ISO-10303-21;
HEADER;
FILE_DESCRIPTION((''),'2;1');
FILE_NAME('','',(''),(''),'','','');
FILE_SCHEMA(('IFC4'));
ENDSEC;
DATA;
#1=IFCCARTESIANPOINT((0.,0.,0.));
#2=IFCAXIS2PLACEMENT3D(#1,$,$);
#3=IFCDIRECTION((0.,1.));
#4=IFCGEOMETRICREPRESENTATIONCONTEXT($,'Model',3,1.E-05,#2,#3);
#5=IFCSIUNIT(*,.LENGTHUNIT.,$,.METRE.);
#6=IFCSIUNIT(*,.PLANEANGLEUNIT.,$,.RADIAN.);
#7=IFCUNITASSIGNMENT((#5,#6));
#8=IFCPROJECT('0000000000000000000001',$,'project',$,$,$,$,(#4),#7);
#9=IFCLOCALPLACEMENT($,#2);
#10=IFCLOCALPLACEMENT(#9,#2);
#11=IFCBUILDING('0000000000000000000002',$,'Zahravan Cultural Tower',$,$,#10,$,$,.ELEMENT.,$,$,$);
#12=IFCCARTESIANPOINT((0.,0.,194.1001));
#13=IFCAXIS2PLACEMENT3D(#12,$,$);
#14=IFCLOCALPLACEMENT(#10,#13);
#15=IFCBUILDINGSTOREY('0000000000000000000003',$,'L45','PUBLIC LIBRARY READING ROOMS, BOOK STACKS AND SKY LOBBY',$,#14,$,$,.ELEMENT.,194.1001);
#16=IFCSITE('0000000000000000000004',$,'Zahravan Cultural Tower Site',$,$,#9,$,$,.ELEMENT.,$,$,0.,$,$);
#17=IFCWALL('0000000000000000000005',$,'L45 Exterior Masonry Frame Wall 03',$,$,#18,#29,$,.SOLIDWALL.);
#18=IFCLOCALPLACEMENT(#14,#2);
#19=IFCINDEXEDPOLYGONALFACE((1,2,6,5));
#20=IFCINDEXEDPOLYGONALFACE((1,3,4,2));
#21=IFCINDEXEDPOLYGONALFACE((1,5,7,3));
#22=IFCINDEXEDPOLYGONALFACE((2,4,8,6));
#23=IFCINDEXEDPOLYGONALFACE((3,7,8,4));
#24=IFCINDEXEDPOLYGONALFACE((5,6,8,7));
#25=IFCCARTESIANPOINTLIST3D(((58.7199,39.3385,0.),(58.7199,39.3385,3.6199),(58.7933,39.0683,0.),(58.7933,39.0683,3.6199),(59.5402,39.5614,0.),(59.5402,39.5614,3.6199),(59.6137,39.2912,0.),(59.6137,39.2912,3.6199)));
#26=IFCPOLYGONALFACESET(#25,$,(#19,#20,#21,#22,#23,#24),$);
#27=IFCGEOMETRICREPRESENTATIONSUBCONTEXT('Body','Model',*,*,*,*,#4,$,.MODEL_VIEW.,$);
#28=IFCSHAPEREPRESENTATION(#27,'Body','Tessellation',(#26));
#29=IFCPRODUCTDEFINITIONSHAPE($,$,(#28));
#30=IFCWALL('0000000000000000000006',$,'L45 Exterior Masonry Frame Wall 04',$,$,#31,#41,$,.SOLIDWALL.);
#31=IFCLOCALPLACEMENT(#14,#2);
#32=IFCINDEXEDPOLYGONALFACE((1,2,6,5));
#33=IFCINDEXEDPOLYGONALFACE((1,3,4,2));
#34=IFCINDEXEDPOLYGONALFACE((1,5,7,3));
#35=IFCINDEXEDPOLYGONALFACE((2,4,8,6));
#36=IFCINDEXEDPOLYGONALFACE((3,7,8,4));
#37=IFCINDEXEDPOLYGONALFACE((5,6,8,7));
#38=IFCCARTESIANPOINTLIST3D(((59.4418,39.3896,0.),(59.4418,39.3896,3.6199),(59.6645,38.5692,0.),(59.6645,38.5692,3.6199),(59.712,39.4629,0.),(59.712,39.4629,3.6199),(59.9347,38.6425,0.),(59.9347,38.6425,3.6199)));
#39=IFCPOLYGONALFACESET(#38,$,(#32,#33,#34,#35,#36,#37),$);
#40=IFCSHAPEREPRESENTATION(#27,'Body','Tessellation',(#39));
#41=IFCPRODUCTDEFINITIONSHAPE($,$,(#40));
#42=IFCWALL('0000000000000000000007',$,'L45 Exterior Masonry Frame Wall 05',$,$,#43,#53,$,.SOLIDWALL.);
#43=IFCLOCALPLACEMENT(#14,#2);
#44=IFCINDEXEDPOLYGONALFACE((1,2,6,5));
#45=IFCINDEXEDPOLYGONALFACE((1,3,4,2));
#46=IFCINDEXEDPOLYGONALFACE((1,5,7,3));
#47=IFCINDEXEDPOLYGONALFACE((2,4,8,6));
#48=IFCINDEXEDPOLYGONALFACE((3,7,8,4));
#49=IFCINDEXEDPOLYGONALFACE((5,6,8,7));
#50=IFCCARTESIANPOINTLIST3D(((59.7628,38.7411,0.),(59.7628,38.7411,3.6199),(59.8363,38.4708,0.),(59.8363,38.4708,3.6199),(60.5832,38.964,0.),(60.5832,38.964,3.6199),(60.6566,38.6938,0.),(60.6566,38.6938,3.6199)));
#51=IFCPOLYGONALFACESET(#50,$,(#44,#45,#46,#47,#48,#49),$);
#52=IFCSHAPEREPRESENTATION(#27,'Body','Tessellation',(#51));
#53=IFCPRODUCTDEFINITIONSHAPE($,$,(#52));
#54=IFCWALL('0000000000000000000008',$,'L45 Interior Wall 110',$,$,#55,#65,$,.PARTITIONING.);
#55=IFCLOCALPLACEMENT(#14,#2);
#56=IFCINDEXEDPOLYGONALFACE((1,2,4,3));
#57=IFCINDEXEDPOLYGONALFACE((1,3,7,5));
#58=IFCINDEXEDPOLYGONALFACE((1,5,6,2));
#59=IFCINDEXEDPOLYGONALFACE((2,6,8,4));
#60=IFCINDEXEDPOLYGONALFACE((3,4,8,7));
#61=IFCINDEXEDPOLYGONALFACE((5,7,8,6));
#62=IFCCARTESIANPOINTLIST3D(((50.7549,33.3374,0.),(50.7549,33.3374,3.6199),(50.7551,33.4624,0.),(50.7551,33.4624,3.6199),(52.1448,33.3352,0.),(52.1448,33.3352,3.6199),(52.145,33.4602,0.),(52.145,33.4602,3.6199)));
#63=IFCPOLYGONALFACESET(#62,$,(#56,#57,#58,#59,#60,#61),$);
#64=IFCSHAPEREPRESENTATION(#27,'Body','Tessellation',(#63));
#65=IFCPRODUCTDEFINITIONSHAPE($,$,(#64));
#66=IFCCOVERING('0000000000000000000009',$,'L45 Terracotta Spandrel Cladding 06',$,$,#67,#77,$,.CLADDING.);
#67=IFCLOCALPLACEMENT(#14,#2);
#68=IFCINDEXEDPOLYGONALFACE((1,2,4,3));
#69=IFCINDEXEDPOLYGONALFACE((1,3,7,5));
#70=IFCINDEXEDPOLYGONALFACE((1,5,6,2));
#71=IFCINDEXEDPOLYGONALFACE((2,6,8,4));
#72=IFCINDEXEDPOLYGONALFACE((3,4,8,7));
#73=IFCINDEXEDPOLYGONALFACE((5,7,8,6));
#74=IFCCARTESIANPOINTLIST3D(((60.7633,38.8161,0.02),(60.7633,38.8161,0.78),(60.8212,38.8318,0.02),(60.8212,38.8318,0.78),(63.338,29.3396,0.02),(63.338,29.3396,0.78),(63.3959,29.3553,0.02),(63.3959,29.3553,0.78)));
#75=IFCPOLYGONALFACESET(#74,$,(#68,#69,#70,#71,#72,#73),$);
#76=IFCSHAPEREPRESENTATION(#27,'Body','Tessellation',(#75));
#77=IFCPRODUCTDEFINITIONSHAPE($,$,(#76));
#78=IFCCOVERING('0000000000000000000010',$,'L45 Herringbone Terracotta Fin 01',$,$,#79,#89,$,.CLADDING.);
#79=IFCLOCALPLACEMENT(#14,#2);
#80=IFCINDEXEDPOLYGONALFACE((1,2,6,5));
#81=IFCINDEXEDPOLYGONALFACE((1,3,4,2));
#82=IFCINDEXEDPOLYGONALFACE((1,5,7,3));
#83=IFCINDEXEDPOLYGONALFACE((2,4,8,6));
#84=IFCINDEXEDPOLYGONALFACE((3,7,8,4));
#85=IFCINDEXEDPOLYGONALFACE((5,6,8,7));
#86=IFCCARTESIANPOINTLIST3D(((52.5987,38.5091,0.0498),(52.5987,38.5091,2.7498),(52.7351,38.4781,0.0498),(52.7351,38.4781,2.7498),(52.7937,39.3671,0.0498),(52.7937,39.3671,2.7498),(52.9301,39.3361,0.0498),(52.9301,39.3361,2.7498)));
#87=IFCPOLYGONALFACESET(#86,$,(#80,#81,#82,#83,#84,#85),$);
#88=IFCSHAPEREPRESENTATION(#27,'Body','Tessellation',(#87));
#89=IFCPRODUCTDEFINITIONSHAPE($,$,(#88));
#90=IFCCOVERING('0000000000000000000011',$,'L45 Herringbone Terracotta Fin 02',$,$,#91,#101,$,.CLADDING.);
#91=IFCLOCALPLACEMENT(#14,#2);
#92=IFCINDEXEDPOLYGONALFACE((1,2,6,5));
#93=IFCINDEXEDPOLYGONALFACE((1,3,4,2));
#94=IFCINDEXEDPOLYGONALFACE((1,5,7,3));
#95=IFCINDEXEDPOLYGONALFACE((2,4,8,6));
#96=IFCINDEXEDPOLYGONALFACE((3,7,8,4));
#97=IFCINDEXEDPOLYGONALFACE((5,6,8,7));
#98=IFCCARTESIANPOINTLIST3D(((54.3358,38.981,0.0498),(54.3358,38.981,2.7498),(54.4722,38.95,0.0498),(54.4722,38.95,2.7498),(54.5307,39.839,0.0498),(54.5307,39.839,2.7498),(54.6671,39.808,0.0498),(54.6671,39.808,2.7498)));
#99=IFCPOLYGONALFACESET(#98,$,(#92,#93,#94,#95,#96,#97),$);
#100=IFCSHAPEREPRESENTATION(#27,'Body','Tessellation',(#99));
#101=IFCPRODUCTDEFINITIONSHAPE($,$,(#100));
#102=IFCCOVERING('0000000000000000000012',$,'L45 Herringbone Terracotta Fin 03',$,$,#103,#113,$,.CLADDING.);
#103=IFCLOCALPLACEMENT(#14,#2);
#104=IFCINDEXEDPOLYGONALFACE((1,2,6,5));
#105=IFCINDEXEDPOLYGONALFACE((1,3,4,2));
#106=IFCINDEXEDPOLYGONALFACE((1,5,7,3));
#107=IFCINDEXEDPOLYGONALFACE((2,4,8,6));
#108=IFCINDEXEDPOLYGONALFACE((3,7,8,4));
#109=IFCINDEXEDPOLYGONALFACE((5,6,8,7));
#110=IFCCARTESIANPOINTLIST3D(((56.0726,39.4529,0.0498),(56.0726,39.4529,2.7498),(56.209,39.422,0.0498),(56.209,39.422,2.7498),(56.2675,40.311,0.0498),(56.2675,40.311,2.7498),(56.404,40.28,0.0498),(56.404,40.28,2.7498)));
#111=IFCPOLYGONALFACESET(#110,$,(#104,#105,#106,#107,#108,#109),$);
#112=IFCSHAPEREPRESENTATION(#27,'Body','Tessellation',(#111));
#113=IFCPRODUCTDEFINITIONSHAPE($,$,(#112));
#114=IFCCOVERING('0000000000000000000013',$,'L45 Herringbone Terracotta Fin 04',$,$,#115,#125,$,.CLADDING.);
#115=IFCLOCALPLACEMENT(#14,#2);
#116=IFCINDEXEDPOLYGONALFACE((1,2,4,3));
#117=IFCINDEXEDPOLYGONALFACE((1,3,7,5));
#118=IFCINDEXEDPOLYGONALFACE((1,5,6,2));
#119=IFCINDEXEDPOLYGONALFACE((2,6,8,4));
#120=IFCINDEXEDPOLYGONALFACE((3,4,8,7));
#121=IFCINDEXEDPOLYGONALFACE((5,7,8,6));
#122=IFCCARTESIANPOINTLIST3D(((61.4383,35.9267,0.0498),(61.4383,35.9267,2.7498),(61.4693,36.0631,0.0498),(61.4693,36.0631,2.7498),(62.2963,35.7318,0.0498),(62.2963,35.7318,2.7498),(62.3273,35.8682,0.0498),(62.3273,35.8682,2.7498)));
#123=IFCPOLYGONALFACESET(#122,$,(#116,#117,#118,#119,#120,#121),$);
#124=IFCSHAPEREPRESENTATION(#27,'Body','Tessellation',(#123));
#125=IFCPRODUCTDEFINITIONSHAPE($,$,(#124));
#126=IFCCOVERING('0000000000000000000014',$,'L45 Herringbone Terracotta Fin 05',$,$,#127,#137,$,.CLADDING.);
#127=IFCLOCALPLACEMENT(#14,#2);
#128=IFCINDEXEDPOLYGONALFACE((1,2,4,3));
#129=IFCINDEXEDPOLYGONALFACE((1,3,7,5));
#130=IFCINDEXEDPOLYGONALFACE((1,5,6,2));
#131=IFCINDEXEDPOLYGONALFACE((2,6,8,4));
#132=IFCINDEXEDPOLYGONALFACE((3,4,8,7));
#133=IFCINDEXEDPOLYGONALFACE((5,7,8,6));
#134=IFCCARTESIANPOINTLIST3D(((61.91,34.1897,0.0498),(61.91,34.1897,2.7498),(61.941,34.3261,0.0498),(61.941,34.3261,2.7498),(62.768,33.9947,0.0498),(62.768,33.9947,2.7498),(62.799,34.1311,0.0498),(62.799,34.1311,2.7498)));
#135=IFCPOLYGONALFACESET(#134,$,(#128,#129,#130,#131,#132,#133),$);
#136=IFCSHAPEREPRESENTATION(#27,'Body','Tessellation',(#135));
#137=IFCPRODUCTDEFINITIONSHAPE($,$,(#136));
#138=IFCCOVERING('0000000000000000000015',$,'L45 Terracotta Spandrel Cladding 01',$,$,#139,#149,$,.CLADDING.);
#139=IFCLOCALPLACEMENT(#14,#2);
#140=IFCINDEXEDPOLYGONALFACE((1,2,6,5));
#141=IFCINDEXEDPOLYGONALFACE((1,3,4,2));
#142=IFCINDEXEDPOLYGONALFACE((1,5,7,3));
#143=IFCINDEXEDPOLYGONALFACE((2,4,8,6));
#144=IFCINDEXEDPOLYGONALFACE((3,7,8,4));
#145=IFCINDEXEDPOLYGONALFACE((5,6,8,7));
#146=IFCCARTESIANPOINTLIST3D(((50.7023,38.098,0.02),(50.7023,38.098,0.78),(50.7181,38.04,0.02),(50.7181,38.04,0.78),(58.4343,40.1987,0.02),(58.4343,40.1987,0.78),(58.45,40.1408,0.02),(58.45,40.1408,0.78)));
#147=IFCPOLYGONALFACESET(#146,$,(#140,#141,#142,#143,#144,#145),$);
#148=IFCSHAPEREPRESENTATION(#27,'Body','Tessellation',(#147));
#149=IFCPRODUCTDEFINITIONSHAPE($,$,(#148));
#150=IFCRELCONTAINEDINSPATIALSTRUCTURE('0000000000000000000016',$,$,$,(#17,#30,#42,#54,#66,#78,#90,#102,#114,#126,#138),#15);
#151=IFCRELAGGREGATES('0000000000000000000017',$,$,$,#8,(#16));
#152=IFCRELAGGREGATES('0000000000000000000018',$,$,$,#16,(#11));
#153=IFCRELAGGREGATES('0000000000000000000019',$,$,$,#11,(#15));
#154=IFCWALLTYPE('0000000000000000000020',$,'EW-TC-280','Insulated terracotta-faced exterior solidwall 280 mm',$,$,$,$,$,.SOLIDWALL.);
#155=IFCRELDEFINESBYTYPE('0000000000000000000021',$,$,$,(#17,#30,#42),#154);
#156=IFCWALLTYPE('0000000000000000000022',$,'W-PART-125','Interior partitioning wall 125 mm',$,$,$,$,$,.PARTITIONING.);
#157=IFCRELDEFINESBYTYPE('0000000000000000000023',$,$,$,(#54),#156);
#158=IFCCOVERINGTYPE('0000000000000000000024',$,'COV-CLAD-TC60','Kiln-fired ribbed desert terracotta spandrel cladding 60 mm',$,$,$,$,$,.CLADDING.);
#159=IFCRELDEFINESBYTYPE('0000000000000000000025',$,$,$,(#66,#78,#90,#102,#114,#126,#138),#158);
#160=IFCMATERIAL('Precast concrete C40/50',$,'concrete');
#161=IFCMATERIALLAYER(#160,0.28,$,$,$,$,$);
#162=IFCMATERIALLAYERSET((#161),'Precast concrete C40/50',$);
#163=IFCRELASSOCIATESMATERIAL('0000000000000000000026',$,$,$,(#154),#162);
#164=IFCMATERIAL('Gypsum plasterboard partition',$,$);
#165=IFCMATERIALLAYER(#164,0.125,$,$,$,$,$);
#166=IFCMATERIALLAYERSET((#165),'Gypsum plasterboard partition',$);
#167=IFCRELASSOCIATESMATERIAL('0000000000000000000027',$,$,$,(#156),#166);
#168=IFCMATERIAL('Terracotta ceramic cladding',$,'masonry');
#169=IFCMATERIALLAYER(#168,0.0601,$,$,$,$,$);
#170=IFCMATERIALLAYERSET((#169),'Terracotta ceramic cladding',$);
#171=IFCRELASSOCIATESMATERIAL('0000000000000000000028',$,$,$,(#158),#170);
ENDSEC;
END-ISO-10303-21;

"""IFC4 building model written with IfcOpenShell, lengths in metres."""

from ifc_helpers import new_model, si_unit, direction, frame, frame_2d, origin, origin_2d, place, context, subcontext, project, spatial, rectangle, extrude, source, transform, mapped, material, layer, layer_set, type_object, element, save


model = new_model("IFC4")

# Units and contexts
model_context = context("Model", 3, precision=1e-05, world=origin(), true_north=direction((0.0, 1.0)))
body_context = subcontext(model_context, "Body", "Model", "MODEL_VIEW")
ifc_project = project(units=[si_unit("LENGTHUNIT", "METRE"), si_unit("PLANEANGLEUNIT", "RADIAN")], contexts=[model_context])

# Site, building, storey
site_placement = place(None, origin())
site = spatial("IfcSite", under=ifc_project, at=site_placement, Name="Zahravan Cultural Tower Site", CompositionType="ELEMENT", RefElevation=0.0)
building_placement = place(site_placement, origin())
building = spatial("IfcBuilding", under=site, at=building_placement, Name="Zahravan Cultural Tower", CompositionType="ELEMENT")
storey_placement = place(building_placement, frame((0.0, 0.0, 194.1001)))
storey = spatial("IfcBuildingStorey", under=building, at=storey_placement, Name="L45", Description="PUBLIC LIBRARY READING ROOMS, BOOK STACKS AND SKY LOBBY", CompositionType="ELEMENT", Elevation=194.1001)

# Shared definitions
ifc_material_1 = material(Name="Precast concrete C40/50", Category="concrete")
ifc_layer_1 = layer(ifc_material_1, 0.28)
ifc_layer_set_1 = layer_set([ifc_layer_1], Name="Precast concrete C40/50")
wall_type_1 = type_object("IfcWallType", Name="EW-TC-280", Description="Insulated terracotta-faced exterior solidwall 280 mm", PredefinedType="SOLIDWALL", material=ifc_layer_set_1)

# Shared definitions
ifc_material_2 = material(Name="Gypsum plasterboard partition")
ifc_layer_2 = layer(ifc_material_2, 0.125)
ifc_layer_set_2 = layer_set([ifc_layer_2], Name="Gypsum plasterboard partition")
wall_type_2 = type_object("IfcWallType", Name="W-PART-125", Description="Interior partitioning wall 125 mm", PredefinedType="PARTITIONING", material=ifc_layer_set_2)

# Walls
shared_shape_1 = source(origin(), body_context, "Body", "SweptSolid", [
    extrude(rectangle(XDim=0.8501, YDim=0.28, at=frame_2d((0.425, 0.0))), origin(), (0.0, 0.0, 1.0), 3.6199),
])
for number, where, z_axis, x_axis, name in (
    (1, (58.7566, 39.2034, 0.0), (0.0, 0.0, 1.0), (0.965009, 0.262218, 0.0), "L45 Exterior Masonry Frame Wall 03"),
    (2, (59.5769, 39.4263, 0.0), (0.0, 0.0, 1.0), (0.261951, -0.965081, 0.0), "L45 Exterior Masonry Frame Wall 04"),
    (3, (59.7996, 38.606, 0.0), (0.0, 0.0, 1.0), (0.965009, 0.262218, 0.0), "L45 Exterior Masonry Frame Wall 05"),
):
    element("IfcWall", number, at=place(storey_placement, frame(where, z_axis=z_axis, x_axis=x_axis)), inside=storey, type_object=wall_type_1, Name=name, PredefinedType="SOLIDWALL", context=body_context, shape_type="MappedRepresentation", body=[
        mapped(shared_shape_1, transform((0.0, 0.0, 0.0), x_axis=(1.0, 0.0, 0.0), y_axis=(0.0, 1.0, 0.0), z_axis=(0.0, 0.0, 1.0), scale=1.0)),
    ])
shared_shape_2 = source(origin(), body_context, "Body", "SweptSolid", [
    extrude(rectangle(XDim=1.3899, YDim=0.125, at=frame_2d((0.6948, 0.0))), origin(), (0.0, 0.0, 1.0), 3.6199),
])
wall_1_placement = place(storey_placement, frame((52.1448, 33.3977, 0.0), z_axis=(0.0, 0.0, 1.0), x_axis=(-0.999999, 0.001581, 0.0)))
element("IfcWall", 4, at=wall_1_placement, inside=storey, type_object=wall_type_2, Name="L45 Interior Wall 110", PredefinedType="PARTITIONING", context=body_context, shape_type="MappedRepresentation", body=[
    mapped(shared_shape_2, transform((0.0, 0.0, 0.0), x_axis=(1.0, 0.0, 0.0), y_axis=(0.0, 1.0, 0.0), z_axis=(0.0, 0.0, 1.0), scale=1.0)),
])

# Coverings
ifc_material_3 = material(Name="Terracotta ceramic cladding", Category="masonry")
ifc_layer_3 = layer(ifc_material_3, 0.0601)
ifc_layer_set_3 = layer_set([ifc_layer_3], Name="Terracotta ceramic cladding")
covering_type = type_object("IfcCoveringType", Name="COV-CLAD-TC60", Description="Kiln-fired ribbed desert terracotta spandrel cladding 60 mm", PredefinedType="CLADDING", material=ifc_layer_set_3)
shared_shape_3 = source(origin(), body_context, "Body", "SweptSolid", [
    extrude(rectangle(XDim=9.8201, YDim=0.0601, at=origin_2d()), origin(), (0.0, 0.0, 1.0), 0.76),
])
covering_1_placement = place(storey_placement, frame((62.0796, 34.0857, 0.02), z_axis=(0.0, 0.0, 1.0), x_axis=(0.262189, -0.965016, 0.0)))
element("IfcCovering", 5, at=covering_1_placement, inside=storey, type_object=covering_type, Name="L45 Terracotta Spandrel Cladding 06", PredefinedType="CLADDING", context=body_context, shape_type="MappedRepresentation", body=[
    mapped(shared_shape_3, transform((0.0, 0.0, 0.0), x_axis=(1.0, 0.0, 0.0), y_axis=(0.0, 1.0, 0.0), z_axis=(0.0, 0.0, 1.0), scale=1.0)),
])
shared_shape_4 = source(origin(), body_context, "Body", "SweptSolid", [
    extrude(rectangle(XDim=0.8799, YDim=0.1399, at=origin_2d()), origin(), (0.0, 0.0, 1.0), 2.7),
])
for number, where, z_axis, x_axis, name in (
    (6, (52.7644, 38.9226, 0.0498), (0.0, 0.0, 1.0), (0.221548, 0.975149, 0.0), "L45 Herringbone Terracotta Fin 01"),
    (7, (54.5015, 39.3945, 0.0498), (0.0, 0.0, 1.0), (0.221548, 0.975149, 0.0), "L45 Herringbone Terracotta Fin 02"),
    (8, (56.2383, 39.8665, 0.0498), (0.0, 0.0, 1.0), (0.221548, 0.975149, 0.0), "L45 Herringbone Terracotta Fin 03"),
    (9, (61.8828, 35.8975, 0.0498), (0.0, 0.0, 1.0), (0.975149, -0.221548, 0.0), "L45 Herringbone Terracotta Fin 04"),
    (10, (62.3545, 34.1604, 0.0498), (0.0, 0.0, 1.0), (0.975149, -0.221548, 0.0), "L45 Herringbone Terracotta Fin 05"),
):
    element("IfcCovering", number, at=place(storey_placement, frame(where, z_axis=z_axis, x_axis=x_axis)), inside=storey, type_object=covering_type, Name=name, PredefinedType="CLADDING", context=body_context, shape_type="MappedRepresentation", body=[
        mapped(shared_shape_4, transform((0.0, 0.0, 0.0), x_axis=(1.0, 0.0, 0.0), y_axis=(0.0, 1.0, 0.0), z_axis=(0.0, 0.0, 1.0), scale=1.0)),
    ])
shared_shape_5 = source(origin(), body_context, "Body", "SweptSolid", [
    extrude(rectangle(XDim=8.0122, YDim=0.0601, at=origin_2d()), origin(), (0.0, 0.0, 1.0), 0.76),
])
covering_2_placement = place(storey_placement, frame((54.5762, 39.1194, 0.02), z_axis=(0.0, 0.0, 1.0), x_axis=(0.965016, 0.262189, 0.0)))
element("IfcCovering", 11, at=covering_2_placement, inside=storey, type_object=covering_type, Name="L45 Terracotta Spandrel Cladding 01", PredefinedType="CLADDING", context=body_context, shape_type="MappedRepresentation", body=[
    mapped(shared_shape_5, transform((0.0, 0.0, 0.0), x_axis=(1.0, 0.0, 0.0), y_axis=(0.0, 1.0, 0.0), z_axis=(0.0, 0.0, 1.0), scale=1.0)),
])

save(model, "model.ifc")
